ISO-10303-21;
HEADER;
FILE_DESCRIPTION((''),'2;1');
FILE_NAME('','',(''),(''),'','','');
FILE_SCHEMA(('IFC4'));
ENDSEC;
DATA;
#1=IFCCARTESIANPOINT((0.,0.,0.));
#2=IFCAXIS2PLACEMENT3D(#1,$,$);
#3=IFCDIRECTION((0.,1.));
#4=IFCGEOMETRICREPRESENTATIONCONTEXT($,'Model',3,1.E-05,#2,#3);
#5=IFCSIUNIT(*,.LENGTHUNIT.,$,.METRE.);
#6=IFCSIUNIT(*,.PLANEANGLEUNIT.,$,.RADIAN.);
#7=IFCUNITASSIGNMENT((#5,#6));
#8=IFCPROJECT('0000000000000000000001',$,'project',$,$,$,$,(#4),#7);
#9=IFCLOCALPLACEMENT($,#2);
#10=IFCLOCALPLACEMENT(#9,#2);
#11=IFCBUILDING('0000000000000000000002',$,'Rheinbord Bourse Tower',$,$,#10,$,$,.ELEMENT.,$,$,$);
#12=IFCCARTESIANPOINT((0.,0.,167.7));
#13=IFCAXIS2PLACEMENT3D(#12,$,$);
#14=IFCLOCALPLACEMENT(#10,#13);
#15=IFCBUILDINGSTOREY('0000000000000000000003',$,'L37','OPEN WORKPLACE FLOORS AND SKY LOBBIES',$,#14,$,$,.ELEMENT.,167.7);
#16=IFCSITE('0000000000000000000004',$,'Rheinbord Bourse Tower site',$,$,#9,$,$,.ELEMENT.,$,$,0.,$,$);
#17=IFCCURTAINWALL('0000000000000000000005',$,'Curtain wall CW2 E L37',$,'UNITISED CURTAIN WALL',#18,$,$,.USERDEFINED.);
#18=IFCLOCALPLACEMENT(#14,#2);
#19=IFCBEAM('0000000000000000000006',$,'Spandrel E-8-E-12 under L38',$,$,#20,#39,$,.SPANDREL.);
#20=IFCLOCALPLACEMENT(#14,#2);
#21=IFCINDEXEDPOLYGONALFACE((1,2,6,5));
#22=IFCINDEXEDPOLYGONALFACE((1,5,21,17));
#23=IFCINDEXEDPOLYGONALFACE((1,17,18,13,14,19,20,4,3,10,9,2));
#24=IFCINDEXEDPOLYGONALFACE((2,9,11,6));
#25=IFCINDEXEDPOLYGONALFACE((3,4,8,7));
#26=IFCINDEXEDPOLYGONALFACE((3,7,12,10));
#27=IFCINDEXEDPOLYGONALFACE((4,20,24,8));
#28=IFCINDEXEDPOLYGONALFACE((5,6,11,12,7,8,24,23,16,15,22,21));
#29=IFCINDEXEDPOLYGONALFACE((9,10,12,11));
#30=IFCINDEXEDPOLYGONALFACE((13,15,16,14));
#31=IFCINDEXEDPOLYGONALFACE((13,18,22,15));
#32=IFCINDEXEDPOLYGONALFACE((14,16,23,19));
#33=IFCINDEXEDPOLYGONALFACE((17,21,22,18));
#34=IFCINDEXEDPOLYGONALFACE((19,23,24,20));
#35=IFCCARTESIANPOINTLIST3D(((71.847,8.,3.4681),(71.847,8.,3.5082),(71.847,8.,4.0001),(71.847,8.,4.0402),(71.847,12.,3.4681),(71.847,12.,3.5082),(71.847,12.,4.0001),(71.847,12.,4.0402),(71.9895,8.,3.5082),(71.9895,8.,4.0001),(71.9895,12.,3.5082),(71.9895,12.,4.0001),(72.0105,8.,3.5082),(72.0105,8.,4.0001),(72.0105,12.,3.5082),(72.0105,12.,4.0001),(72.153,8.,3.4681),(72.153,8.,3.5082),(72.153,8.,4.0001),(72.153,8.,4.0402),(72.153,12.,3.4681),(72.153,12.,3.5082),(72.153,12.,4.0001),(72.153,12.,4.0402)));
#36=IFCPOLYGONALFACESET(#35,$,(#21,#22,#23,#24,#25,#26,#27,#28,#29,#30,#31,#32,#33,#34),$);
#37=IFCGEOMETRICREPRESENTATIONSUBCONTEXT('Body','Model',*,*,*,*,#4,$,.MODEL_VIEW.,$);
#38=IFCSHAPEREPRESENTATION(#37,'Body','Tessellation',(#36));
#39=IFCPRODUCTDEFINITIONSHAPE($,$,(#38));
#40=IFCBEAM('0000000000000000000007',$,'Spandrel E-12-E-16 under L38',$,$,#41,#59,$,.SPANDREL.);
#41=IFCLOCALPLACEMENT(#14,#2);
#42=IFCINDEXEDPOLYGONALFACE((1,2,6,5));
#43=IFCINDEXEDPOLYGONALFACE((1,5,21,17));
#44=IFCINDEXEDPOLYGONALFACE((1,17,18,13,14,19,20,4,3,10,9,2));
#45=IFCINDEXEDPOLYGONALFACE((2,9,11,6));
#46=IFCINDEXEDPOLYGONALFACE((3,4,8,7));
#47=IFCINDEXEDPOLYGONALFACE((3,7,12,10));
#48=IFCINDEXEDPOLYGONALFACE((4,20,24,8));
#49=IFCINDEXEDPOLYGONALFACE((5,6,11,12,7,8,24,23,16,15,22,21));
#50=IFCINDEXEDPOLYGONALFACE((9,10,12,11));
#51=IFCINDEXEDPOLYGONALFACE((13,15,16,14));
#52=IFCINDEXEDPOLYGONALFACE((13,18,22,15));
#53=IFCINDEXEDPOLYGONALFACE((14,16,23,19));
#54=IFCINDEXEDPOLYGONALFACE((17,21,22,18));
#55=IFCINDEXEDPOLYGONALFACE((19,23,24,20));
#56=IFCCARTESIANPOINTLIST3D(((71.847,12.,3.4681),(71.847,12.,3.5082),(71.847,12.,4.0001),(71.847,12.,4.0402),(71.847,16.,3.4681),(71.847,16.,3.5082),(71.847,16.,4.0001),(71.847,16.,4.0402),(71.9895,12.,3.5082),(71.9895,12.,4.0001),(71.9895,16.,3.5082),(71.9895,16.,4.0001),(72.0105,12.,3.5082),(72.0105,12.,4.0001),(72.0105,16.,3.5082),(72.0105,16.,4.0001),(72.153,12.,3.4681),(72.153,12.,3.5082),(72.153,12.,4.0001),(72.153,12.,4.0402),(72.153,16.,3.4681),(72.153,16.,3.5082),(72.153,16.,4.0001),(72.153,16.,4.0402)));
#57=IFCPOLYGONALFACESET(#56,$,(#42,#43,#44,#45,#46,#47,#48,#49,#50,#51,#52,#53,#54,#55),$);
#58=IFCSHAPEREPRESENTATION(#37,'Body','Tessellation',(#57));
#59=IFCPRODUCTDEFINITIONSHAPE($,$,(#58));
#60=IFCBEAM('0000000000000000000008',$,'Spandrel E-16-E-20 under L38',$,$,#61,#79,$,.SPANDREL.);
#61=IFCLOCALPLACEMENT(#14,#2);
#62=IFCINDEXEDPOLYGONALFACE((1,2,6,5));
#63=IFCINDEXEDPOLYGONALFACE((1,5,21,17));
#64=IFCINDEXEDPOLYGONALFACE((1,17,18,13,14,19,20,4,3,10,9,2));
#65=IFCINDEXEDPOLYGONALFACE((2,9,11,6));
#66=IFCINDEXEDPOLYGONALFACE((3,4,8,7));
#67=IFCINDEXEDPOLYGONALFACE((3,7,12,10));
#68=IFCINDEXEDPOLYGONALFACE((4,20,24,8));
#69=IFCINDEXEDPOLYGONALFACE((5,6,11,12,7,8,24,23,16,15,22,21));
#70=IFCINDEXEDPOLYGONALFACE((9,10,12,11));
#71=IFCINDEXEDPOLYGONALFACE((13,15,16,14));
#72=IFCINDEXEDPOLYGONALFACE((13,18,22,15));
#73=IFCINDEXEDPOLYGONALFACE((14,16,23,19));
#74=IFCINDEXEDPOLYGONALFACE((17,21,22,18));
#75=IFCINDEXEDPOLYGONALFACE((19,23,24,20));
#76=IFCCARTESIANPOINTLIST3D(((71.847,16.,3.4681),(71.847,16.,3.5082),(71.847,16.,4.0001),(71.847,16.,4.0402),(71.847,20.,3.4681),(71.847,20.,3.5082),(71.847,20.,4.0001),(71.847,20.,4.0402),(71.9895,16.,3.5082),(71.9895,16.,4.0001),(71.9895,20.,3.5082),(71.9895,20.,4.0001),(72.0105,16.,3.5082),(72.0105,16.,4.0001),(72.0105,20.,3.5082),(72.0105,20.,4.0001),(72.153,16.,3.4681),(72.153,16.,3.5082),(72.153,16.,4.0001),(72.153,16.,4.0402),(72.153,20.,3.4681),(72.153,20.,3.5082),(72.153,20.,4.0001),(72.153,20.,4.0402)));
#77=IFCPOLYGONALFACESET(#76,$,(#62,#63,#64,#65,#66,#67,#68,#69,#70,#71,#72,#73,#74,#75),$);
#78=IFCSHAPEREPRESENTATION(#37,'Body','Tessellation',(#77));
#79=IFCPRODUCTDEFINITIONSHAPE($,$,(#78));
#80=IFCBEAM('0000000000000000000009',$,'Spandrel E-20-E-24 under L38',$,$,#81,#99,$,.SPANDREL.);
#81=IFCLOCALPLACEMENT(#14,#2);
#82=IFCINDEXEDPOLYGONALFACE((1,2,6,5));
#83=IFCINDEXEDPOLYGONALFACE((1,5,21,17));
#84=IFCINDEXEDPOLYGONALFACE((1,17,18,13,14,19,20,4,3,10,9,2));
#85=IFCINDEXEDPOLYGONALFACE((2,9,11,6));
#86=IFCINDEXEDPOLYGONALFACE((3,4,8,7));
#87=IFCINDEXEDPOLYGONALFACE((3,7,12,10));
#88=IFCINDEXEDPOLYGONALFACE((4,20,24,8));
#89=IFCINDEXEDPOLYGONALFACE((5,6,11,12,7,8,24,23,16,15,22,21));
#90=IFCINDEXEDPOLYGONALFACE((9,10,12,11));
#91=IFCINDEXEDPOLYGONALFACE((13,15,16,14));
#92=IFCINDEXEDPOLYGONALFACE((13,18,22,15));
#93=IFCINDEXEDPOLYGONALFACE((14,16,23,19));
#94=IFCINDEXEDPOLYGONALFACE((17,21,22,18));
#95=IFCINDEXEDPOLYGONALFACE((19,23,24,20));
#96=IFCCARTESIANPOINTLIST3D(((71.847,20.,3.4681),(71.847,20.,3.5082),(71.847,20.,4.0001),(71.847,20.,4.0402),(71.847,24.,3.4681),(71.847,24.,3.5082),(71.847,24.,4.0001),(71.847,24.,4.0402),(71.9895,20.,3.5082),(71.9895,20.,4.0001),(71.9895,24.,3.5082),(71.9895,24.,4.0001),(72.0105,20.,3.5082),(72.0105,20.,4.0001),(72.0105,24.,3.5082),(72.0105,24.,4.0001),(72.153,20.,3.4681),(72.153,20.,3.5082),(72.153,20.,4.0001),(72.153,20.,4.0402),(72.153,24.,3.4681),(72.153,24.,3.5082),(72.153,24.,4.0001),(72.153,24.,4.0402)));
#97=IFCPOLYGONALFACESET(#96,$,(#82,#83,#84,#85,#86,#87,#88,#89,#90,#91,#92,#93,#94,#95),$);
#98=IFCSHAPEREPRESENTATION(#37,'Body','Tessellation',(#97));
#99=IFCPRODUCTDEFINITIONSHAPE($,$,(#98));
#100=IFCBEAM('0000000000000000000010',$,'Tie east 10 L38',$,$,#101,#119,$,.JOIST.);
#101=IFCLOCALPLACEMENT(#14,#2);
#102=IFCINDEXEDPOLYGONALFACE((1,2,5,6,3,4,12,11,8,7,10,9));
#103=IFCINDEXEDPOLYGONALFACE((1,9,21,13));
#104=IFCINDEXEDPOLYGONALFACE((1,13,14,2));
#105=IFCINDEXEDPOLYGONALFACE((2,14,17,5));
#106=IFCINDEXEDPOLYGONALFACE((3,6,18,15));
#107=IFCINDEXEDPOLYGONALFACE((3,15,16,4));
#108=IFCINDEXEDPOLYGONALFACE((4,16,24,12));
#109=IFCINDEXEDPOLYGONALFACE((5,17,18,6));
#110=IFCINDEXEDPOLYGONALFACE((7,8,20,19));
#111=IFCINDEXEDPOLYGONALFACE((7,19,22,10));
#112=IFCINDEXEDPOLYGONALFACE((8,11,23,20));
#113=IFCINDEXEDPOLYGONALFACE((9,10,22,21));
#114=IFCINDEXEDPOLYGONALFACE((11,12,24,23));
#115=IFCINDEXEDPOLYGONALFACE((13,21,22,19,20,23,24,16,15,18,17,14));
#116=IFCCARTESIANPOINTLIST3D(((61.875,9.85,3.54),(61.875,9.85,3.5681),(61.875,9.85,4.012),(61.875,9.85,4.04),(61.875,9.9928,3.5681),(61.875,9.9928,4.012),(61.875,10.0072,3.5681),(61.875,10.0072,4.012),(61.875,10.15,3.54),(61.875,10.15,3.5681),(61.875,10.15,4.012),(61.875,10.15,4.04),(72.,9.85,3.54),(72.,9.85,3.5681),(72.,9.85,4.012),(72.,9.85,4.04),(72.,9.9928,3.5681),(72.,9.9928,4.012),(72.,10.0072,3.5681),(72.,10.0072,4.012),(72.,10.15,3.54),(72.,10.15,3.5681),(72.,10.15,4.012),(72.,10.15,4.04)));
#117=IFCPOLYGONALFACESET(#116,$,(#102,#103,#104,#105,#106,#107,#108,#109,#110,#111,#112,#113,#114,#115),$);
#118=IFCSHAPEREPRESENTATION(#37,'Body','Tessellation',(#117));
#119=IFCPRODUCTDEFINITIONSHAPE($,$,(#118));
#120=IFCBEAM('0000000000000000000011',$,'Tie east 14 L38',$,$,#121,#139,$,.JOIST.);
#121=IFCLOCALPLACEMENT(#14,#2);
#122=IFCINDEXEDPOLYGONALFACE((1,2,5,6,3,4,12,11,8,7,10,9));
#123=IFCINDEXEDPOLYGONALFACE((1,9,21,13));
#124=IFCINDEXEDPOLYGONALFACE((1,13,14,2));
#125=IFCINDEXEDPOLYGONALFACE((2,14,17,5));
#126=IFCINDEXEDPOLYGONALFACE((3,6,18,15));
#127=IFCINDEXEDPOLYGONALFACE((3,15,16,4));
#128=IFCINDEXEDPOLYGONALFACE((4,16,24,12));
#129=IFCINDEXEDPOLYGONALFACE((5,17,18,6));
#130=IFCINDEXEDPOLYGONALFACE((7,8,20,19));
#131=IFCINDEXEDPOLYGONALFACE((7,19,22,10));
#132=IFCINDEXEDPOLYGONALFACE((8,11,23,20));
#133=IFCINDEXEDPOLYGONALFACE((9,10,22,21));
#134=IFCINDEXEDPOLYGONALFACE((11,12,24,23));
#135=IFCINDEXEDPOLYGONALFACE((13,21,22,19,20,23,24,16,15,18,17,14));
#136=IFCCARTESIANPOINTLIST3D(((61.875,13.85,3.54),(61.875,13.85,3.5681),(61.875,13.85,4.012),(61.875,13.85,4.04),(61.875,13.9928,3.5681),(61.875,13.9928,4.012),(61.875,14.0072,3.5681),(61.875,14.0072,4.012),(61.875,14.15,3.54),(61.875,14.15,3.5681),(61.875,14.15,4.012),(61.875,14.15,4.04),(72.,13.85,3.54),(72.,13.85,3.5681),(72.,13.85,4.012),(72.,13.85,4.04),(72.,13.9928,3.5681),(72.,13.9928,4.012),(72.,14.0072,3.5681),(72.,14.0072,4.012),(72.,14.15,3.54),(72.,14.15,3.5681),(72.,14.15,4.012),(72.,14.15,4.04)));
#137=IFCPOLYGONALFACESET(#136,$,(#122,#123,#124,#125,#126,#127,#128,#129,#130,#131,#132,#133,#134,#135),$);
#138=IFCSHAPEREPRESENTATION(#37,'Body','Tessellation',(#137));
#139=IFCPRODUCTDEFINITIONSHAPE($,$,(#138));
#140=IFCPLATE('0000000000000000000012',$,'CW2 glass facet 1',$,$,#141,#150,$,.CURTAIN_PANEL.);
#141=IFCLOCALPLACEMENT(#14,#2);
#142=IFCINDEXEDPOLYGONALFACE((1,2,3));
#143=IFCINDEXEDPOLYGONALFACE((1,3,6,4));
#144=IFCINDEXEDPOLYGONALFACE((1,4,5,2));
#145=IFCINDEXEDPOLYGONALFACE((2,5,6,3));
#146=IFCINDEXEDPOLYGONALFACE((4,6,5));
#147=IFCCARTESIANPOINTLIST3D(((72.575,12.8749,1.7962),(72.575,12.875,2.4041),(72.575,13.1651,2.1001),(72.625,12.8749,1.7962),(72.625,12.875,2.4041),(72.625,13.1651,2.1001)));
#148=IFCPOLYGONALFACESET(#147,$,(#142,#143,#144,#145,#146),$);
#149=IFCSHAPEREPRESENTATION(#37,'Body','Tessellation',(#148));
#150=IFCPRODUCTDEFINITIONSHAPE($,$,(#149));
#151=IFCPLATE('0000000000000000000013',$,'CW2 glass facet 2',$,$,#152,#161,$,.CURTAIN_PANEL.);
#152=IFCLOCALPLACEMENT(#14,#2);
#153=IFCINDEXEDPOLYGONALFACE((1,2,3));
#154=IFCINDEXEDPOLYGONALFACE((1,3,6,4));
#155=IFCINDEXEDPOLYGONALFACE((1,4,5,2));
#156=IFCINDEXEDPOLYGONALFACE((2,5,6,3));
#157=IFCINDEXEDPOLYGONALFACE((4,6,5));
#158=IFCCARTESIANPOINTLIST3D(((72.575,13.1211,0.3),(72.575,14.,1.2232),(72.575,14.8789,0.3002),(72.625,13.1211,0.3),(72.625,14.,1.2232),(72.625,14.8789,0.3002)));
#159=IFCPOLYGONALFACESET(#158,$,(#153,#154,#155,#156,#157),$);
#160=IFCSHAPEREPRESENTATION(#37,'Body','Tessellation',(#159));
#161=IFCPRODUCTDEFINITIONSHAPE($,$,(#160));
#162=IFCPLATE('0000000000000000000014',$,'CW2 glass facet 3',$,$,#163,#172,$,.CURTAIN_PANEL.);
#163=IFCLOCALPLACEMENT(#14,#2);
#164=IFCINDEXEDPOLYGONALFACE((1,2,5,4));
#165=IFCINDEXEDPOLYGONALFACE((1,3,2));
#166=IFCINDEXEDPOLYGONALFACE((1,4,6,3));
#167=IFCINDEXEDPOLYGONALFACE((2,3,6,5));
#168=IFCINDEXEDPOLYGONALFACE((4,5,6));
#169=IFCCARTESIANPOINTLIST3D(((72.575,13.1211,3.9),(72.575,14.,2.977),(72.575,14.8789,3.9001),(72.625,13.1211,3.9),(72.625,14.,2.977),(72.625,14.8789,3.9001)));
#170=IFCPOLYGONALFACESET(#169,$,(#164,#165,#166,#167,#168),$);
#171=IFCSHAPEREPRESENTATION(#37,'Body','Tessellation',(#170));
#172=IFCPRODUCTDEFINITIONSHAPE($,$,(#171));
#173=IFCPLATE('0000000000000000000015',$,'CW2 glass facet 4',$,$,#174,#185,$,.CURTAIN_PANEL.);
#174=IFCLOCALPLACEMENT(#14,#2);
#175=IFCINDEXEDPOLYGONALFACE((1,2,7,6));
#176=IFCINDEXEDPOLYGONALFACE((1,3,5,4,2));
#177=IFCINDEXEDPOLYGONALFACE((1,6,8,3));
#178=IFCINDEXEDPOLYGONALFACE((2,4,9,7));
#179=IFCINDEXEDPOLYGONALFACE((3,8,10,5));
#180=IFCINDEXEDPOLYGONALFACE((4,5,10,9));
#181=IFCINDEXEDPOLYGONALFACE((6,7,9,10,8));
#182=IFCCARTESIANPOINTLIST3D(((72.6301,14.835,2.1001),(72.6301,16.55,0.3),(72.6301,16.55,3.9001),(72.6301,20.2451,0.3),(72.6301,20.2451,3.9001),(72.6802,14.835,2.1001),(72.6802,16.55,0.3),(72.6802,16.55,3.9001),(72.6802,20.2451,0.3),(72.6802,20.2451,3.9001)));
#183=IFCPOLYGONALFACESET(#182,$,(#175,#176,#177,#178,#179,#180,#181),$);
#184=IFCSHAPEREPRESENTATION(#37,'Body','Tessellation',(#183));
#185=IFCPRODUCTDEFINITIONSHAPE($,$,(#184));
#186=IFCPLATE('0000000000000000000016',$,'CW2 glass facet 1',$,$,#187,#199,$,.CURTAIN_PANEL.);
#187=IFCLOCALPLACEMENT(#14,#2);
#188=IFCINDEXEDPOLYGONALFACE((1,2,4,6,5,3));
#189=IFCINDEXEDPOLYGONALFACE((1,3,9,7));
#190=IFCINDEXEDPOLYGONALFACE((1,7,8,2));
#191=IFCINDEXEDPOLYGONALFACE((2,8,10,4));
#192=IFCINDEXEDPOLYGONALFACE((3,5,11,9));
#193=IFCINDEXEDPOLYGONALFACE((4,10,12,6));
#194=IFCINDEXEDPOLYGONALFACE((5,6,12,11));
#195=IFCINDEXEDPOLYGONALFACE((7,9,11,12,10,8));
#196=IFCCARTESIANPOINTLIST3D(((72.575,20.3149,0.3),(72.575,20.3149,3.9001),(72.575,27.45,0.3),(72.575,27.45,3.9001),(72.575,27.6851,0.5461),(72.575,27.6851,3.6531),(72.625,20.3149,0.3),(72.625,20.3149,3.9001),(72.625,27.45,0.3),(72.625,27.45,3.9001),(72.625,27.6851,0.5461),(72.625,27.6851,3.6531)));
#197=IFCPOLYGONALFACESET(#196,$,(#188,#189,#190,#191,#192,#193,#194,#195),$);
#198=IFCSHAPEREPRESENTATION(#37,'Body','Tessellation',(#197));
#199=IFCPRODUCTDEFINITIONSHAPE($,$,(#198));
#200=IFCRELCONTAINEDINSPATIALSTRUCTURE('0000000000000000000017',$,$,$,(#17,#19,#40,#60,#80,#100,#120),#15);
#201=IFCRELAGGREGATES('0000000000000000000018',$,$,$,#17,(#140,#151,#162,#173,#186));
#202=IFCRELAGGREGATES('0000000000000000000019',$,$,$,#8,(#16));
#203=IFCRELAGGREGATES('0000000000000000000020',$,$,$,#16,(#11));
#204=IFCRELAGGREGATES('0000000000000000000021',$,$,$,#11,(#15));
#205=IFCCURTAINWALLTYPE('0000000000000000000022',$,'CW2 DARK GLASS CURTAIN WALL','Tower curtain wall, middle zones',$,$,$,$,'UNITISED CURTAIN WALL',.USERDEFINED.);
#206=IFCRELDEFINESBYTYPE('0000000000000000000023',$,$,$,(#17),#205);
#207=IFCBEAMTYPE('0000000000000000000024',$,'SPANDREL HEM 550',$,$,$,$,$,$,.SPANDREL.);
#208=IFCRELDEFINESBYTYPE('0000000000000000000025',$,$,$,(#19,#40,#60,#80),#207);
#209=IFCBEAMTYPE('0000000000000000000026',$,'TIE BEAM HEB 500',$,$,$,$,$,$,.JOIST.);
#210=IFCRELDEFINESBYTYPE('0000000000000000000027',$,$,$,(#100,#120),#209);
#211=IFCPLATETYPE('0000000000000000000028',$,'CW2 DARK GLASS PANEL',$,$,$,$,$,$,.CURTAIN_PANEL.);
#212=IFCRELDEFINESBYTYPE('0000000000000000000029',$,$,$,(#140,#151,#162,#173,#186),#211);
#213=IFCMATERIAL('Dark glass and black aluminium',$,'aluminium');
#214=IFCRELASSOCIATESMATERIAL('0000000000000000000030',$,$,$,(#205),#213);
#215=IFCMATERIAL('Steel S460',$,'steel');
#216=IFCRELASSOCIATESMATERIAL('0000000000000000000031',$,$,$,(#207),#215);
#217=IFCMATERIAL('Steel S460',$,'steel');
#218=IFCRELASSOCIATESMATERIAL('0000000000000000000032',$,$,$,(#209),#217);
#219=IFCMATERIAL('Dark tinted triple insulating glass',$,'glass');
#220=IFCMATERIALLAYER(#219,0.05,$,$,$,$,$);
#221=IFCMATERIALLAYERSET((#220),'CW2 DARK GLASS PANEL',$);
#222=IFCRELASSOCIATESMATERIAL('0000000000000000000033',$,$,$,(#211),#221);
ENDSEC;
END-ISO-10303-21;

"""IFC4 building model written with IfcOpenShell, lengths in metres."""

from ifc_helpers import new_model, si_unit, direction, frame, origin, origin_2d, place, context, subcontext, project, spatial, polyline, i_section, outline, extrude, material, layer, layer_set, material_profile, profile_set, type_object, element, aggregate, save


model = new_model("IFC4")

# Units and contexts
model_context = context("Model", 3, precision=1e-05, world=origin(), true_north=direction((0.0, 1.0)))
body_context = subcontext(model_context, "Body", "Model", "MODEL_VIEW")
ifc_project = project(units=[si_unit("LENGTHUNIT", "METRE"), si_unit("PLANEANGLEUNIT", "RADIAN")], contexts=[model_context])

# Site, building, storey
site_placement = place(None, origin())
site = spatial("IfcSite", under=ifc_project, at=site_placement, Name="Rheinbord Bourse Tower site", CompositionType="ELEMENT", RefElevation=0.0)
building_placement = place(site_placement, origin())
building = spatial("IfcBuilding", under=site, at=building_placement, Name="Rheinbord Bourse Tower", CompositionType="ELEMENT")
storey_placement = place(building_placement, frame((0.0, 0.0, 167.7)))
storey = spatial("IfcBuildingStorey", under=building, at=storey_placement, Name="L37", Description="OPEN WORKPLACE FLOORS AND SKY LOBBIES", CompositionType="ELEMENT", Elevation=167.7)

# Curtain wall
ifc_material_1 = material(Name="Dark glass and black aluminium", Category="aluminium")
curtain_wall_type = type_object("IfcCurtainWallType", Name="CW2 DARK GLASS CURTAIN WALL", Description="Tower curtain wall, middle zones", ElementType="UNITISED CURTAIN WALL", PredefinedType="USERDEFINED", material=ifc_material_1)
curtain_wall_placement = place(storey_placement, origin())
curtain_wall = element("IfcCurtainWall", 1, at=curtain_wall_placement, inside=storey, type_object=curtain_wall_type, Name="Curtain wall CW2 E L37", ObjectType="UNITISED CURTAIN WALL", PredefinedType="USERDEFINED")

# Beams
ifc_material_2 = material(Name="Steel S460", Category="steel")
ifc_material_profile_1 = material_profile(ifc_material_2, i_section(OverallWidth=0.3059, OverallDepth=0.572, WebThickness=0.021, FlangeThickness=0.04, at=origin_2d()), Name="HEM 550")
ifc_profile_set_1 = profile_set([ifc_material_profile_1], Name="Steel S460")
beam_type_1 = type_object("IfcBeamType", Name="SPANDREL HEM 550", PredefinedType="SPANDREL", material=ifc_profile_set_1)
for number, where, z_axis, x_axis, name in (
    (2, (72.0, 8.0, 3.7542), (0.0, 1.0, 0.0), (-1.0, 0.0, 0.0), "Spandrel E-8-E-12 under L38"),
    (3, (72.0, 12.0, 3.7542), (0.0, 1.0, 0.0), (-1.0, 0.0, 0.0), "Spandrel E-12-E-16 under L38"),
    (4, (72.0, 16.0, 3.7542), (0.0, 1.0, 0.0), (-1.0, 0.0, 0.0), "Spandrel E-16-E-20 under L38"),
    (5, (72.0, 20.0, 3.7542), (0.0, 1.0, 0.0), (-1.0, 0.0, 0.0), "Spandrel E-20-E-24 under L38"),
):
    element("IfcBeam", number, at=place(storey_placement, frame(where, z_axis=z_axis, x_axis=x_axis)), inside=storey, type_object=beam_type_1, Name=name, PredefinedType="SPANDREL", context=body_context, shape_type="SweptSolid", body=[
        extrude(i_section(OverallWidth=0.3059, OverallDepth=0.572, WebThickness=0.021, FlangeThickness=0.04, at=origin_2d()), origin(), (0.0, 0.0, 1.0), 4.0),
    ])
ifc_material_3 = material(Name="Steel S460", Category="steel")
ifc_material_profile_2 = material_profile(ifc_material_3, i_section(OverallWidth=0.3, OverallDepth=0.5, WebThickness=0.0144, FlangeThickness=0.0281, at=origin_2d()), Name="HEB 500")
ifc_profile_set_2 = profile_set([ifc_material_profile_2], Name="Steel S460")
beam_type_2 = type_object("IfcBeamType", Name="TIE BEAM HEB 500", PredefinedType="JOIST", material=ifc_profile_set_2)
for number, where, z_axis, x_axis, name in (
    (6, (61.875, 10.0, 3.79), (1.0, 0.0, 0.0), (0.0, 1.0, 0.0), "Tie east 10 L38"),
    (7, (61.875, 14.0, 3.79), (1.0, 0.0, 0.0), (0.0, 1.0, 0.0), "Tie east 14 L38"),
):
    element("IfcBeam", number, at=place(storey_placement, frame(where, z_axis=z_axis, x_axis=x_axis)), inside=storey, type_object=beam_type_2, Name=name, PredefinedType="JOIST", context=body_context, shape_type="SweptSolid", body=[
        extrude(i_section(OverallWidth=0.3, OverallDepth=0.5, WebThickness=0.0144, FlangeThickness=0.0281, at=origin_2d()), origin(), (0.0, 0.0, 1.0), 10.125),
    ])

# Plates
ifc_material_4 = material(Name="Dark tinted triple insulating glass", Category="glass")
ifc_layer_1 = layer(ifc_material_4, 0.05)
ifc_layer_set_1 = layer_set([ifc_layer_1], Name="CW2 DARK GLASS PANEL")
plate_type = type_object("IfcPlateType", Name="CW2 DARK GLASS PANEL", PredefinedType="CURTAIN_PANEL", material=ifc_layer_set_1)
plate_1_placement = place(storey_placement, frame((72.625, 12.875, 2.4041), z_axis=(-1.0, 0.0, 0.0), x_axis=(0.0, 0.690351, -0.723474)))
plate_1 = element("IfcPlate", 8, at=plate_1_placement, type_object=plate_type, Name="CW2 glass facet 1", PredefinedType="CURTAIN_PANEL", context=body_context, shape_type="SweptSolid", body=[
    extrude(outline(polyline([(0.0, 0.0), (0.4202, 0.0), (0.4397, 0.4197), (0.0, 0.0)])), origin(), (0.0, 0.0, 1.0), 0.05),
])
plate_2_placement = place(storey_placement, frame((72.625, 13.1211, 0.3), z_axis=(-1.0, 0.0, 0.0), x_axis=(0.0, 0.68956, 0.724229)))
plate_2 = element("IfcPlate", 9, at=plate_2_placement, type_object=plate_type, Name="CW2 glass facet 2", PredefinedType="CURTAIN_PANEL", context=body_context, shape_type="SweptSolid", body=[
    extrude(outline(polyline([(0.0, 0.0), (1.2747, 0.0), (1.2122, 1.2729), (0.0, 0.0)])), origin(), (0.0, 0.0, 1.0), 0.05),
])
plate_3_placement = place(storey_placement, frame((72.625, 14.8789, 3.9001), z_axis=(-1.0, 0.0, 0.0), x_axis=(0.0, -0.68956, -0.724229)))
plate_3 = element("IfcPlate", 10, at=plate_3_placement, type_object=plate_type, Name="CW2 glass facet 3", PredefinedType="CURTAIN_PANEL", context=body_context, shape_type="SweptSolid", body=[
    extrude(outline(polyline([(0.0, 0.0), (1.2747, 0.0), (1.2122, 1.2729), (0.0, 0.0)])), origin(), (0.0, 0.0, 1.0), 0.05),
])
plate_4_placement = place(storey_placement, frame((72.6802, 20.2451, 3.9001), z_axis=(-1.0, 0.0, 0.0), x_axis=(0.0, 0.0, -1.0)))
plate_4 = element("IfcPlate", 11, at=plate_4_placement, type_object=plate_type, Name="CW2 glass facet 4", PredefinedType="CURTAIN_PANEL", context=body_context, shape_type="SweptSolid", body=[
    extrude(outline(polyline([(0.0, 0.0), (3.6001, 0.0), (3.6001, 3.6951), (1.8, 5.4102), (0.0, 3.6951), (0.0, 0.0)])), origin(), (0.0, 0.0, 1.0), 0.05),
])
plate_5_placement = place(storey_placement, frame((72.625, 20.3149, 0.3), z_axis=(-1.0, 0.0, 0.0), x_axis=(0.0, 0.0, 1.0)))
plate_5 = element("IfcPlate", 12, at=plate_5_placement, type_object=plate_type, Name="CW2 glass facet 1", PredefinedType="CURTAIN_PANEL", context=body_context, shape_type="SweptSolid", body=[
    extrude(outline(polyline([(0.0, 0.0), (3.6001, 0.0), (3.6001, 7.135), (3.353, 7.3701), (0.2461, 7.3701), (0.0, 7.135), (0.0, 0.0)])), origin(), (0.0, 0.0, 1.0), 0.05),
])
aggregate(curtain_wall, [plate_1, plate_2, plate_3, plate_4, plate_5])

save(model, "model.ifc")
